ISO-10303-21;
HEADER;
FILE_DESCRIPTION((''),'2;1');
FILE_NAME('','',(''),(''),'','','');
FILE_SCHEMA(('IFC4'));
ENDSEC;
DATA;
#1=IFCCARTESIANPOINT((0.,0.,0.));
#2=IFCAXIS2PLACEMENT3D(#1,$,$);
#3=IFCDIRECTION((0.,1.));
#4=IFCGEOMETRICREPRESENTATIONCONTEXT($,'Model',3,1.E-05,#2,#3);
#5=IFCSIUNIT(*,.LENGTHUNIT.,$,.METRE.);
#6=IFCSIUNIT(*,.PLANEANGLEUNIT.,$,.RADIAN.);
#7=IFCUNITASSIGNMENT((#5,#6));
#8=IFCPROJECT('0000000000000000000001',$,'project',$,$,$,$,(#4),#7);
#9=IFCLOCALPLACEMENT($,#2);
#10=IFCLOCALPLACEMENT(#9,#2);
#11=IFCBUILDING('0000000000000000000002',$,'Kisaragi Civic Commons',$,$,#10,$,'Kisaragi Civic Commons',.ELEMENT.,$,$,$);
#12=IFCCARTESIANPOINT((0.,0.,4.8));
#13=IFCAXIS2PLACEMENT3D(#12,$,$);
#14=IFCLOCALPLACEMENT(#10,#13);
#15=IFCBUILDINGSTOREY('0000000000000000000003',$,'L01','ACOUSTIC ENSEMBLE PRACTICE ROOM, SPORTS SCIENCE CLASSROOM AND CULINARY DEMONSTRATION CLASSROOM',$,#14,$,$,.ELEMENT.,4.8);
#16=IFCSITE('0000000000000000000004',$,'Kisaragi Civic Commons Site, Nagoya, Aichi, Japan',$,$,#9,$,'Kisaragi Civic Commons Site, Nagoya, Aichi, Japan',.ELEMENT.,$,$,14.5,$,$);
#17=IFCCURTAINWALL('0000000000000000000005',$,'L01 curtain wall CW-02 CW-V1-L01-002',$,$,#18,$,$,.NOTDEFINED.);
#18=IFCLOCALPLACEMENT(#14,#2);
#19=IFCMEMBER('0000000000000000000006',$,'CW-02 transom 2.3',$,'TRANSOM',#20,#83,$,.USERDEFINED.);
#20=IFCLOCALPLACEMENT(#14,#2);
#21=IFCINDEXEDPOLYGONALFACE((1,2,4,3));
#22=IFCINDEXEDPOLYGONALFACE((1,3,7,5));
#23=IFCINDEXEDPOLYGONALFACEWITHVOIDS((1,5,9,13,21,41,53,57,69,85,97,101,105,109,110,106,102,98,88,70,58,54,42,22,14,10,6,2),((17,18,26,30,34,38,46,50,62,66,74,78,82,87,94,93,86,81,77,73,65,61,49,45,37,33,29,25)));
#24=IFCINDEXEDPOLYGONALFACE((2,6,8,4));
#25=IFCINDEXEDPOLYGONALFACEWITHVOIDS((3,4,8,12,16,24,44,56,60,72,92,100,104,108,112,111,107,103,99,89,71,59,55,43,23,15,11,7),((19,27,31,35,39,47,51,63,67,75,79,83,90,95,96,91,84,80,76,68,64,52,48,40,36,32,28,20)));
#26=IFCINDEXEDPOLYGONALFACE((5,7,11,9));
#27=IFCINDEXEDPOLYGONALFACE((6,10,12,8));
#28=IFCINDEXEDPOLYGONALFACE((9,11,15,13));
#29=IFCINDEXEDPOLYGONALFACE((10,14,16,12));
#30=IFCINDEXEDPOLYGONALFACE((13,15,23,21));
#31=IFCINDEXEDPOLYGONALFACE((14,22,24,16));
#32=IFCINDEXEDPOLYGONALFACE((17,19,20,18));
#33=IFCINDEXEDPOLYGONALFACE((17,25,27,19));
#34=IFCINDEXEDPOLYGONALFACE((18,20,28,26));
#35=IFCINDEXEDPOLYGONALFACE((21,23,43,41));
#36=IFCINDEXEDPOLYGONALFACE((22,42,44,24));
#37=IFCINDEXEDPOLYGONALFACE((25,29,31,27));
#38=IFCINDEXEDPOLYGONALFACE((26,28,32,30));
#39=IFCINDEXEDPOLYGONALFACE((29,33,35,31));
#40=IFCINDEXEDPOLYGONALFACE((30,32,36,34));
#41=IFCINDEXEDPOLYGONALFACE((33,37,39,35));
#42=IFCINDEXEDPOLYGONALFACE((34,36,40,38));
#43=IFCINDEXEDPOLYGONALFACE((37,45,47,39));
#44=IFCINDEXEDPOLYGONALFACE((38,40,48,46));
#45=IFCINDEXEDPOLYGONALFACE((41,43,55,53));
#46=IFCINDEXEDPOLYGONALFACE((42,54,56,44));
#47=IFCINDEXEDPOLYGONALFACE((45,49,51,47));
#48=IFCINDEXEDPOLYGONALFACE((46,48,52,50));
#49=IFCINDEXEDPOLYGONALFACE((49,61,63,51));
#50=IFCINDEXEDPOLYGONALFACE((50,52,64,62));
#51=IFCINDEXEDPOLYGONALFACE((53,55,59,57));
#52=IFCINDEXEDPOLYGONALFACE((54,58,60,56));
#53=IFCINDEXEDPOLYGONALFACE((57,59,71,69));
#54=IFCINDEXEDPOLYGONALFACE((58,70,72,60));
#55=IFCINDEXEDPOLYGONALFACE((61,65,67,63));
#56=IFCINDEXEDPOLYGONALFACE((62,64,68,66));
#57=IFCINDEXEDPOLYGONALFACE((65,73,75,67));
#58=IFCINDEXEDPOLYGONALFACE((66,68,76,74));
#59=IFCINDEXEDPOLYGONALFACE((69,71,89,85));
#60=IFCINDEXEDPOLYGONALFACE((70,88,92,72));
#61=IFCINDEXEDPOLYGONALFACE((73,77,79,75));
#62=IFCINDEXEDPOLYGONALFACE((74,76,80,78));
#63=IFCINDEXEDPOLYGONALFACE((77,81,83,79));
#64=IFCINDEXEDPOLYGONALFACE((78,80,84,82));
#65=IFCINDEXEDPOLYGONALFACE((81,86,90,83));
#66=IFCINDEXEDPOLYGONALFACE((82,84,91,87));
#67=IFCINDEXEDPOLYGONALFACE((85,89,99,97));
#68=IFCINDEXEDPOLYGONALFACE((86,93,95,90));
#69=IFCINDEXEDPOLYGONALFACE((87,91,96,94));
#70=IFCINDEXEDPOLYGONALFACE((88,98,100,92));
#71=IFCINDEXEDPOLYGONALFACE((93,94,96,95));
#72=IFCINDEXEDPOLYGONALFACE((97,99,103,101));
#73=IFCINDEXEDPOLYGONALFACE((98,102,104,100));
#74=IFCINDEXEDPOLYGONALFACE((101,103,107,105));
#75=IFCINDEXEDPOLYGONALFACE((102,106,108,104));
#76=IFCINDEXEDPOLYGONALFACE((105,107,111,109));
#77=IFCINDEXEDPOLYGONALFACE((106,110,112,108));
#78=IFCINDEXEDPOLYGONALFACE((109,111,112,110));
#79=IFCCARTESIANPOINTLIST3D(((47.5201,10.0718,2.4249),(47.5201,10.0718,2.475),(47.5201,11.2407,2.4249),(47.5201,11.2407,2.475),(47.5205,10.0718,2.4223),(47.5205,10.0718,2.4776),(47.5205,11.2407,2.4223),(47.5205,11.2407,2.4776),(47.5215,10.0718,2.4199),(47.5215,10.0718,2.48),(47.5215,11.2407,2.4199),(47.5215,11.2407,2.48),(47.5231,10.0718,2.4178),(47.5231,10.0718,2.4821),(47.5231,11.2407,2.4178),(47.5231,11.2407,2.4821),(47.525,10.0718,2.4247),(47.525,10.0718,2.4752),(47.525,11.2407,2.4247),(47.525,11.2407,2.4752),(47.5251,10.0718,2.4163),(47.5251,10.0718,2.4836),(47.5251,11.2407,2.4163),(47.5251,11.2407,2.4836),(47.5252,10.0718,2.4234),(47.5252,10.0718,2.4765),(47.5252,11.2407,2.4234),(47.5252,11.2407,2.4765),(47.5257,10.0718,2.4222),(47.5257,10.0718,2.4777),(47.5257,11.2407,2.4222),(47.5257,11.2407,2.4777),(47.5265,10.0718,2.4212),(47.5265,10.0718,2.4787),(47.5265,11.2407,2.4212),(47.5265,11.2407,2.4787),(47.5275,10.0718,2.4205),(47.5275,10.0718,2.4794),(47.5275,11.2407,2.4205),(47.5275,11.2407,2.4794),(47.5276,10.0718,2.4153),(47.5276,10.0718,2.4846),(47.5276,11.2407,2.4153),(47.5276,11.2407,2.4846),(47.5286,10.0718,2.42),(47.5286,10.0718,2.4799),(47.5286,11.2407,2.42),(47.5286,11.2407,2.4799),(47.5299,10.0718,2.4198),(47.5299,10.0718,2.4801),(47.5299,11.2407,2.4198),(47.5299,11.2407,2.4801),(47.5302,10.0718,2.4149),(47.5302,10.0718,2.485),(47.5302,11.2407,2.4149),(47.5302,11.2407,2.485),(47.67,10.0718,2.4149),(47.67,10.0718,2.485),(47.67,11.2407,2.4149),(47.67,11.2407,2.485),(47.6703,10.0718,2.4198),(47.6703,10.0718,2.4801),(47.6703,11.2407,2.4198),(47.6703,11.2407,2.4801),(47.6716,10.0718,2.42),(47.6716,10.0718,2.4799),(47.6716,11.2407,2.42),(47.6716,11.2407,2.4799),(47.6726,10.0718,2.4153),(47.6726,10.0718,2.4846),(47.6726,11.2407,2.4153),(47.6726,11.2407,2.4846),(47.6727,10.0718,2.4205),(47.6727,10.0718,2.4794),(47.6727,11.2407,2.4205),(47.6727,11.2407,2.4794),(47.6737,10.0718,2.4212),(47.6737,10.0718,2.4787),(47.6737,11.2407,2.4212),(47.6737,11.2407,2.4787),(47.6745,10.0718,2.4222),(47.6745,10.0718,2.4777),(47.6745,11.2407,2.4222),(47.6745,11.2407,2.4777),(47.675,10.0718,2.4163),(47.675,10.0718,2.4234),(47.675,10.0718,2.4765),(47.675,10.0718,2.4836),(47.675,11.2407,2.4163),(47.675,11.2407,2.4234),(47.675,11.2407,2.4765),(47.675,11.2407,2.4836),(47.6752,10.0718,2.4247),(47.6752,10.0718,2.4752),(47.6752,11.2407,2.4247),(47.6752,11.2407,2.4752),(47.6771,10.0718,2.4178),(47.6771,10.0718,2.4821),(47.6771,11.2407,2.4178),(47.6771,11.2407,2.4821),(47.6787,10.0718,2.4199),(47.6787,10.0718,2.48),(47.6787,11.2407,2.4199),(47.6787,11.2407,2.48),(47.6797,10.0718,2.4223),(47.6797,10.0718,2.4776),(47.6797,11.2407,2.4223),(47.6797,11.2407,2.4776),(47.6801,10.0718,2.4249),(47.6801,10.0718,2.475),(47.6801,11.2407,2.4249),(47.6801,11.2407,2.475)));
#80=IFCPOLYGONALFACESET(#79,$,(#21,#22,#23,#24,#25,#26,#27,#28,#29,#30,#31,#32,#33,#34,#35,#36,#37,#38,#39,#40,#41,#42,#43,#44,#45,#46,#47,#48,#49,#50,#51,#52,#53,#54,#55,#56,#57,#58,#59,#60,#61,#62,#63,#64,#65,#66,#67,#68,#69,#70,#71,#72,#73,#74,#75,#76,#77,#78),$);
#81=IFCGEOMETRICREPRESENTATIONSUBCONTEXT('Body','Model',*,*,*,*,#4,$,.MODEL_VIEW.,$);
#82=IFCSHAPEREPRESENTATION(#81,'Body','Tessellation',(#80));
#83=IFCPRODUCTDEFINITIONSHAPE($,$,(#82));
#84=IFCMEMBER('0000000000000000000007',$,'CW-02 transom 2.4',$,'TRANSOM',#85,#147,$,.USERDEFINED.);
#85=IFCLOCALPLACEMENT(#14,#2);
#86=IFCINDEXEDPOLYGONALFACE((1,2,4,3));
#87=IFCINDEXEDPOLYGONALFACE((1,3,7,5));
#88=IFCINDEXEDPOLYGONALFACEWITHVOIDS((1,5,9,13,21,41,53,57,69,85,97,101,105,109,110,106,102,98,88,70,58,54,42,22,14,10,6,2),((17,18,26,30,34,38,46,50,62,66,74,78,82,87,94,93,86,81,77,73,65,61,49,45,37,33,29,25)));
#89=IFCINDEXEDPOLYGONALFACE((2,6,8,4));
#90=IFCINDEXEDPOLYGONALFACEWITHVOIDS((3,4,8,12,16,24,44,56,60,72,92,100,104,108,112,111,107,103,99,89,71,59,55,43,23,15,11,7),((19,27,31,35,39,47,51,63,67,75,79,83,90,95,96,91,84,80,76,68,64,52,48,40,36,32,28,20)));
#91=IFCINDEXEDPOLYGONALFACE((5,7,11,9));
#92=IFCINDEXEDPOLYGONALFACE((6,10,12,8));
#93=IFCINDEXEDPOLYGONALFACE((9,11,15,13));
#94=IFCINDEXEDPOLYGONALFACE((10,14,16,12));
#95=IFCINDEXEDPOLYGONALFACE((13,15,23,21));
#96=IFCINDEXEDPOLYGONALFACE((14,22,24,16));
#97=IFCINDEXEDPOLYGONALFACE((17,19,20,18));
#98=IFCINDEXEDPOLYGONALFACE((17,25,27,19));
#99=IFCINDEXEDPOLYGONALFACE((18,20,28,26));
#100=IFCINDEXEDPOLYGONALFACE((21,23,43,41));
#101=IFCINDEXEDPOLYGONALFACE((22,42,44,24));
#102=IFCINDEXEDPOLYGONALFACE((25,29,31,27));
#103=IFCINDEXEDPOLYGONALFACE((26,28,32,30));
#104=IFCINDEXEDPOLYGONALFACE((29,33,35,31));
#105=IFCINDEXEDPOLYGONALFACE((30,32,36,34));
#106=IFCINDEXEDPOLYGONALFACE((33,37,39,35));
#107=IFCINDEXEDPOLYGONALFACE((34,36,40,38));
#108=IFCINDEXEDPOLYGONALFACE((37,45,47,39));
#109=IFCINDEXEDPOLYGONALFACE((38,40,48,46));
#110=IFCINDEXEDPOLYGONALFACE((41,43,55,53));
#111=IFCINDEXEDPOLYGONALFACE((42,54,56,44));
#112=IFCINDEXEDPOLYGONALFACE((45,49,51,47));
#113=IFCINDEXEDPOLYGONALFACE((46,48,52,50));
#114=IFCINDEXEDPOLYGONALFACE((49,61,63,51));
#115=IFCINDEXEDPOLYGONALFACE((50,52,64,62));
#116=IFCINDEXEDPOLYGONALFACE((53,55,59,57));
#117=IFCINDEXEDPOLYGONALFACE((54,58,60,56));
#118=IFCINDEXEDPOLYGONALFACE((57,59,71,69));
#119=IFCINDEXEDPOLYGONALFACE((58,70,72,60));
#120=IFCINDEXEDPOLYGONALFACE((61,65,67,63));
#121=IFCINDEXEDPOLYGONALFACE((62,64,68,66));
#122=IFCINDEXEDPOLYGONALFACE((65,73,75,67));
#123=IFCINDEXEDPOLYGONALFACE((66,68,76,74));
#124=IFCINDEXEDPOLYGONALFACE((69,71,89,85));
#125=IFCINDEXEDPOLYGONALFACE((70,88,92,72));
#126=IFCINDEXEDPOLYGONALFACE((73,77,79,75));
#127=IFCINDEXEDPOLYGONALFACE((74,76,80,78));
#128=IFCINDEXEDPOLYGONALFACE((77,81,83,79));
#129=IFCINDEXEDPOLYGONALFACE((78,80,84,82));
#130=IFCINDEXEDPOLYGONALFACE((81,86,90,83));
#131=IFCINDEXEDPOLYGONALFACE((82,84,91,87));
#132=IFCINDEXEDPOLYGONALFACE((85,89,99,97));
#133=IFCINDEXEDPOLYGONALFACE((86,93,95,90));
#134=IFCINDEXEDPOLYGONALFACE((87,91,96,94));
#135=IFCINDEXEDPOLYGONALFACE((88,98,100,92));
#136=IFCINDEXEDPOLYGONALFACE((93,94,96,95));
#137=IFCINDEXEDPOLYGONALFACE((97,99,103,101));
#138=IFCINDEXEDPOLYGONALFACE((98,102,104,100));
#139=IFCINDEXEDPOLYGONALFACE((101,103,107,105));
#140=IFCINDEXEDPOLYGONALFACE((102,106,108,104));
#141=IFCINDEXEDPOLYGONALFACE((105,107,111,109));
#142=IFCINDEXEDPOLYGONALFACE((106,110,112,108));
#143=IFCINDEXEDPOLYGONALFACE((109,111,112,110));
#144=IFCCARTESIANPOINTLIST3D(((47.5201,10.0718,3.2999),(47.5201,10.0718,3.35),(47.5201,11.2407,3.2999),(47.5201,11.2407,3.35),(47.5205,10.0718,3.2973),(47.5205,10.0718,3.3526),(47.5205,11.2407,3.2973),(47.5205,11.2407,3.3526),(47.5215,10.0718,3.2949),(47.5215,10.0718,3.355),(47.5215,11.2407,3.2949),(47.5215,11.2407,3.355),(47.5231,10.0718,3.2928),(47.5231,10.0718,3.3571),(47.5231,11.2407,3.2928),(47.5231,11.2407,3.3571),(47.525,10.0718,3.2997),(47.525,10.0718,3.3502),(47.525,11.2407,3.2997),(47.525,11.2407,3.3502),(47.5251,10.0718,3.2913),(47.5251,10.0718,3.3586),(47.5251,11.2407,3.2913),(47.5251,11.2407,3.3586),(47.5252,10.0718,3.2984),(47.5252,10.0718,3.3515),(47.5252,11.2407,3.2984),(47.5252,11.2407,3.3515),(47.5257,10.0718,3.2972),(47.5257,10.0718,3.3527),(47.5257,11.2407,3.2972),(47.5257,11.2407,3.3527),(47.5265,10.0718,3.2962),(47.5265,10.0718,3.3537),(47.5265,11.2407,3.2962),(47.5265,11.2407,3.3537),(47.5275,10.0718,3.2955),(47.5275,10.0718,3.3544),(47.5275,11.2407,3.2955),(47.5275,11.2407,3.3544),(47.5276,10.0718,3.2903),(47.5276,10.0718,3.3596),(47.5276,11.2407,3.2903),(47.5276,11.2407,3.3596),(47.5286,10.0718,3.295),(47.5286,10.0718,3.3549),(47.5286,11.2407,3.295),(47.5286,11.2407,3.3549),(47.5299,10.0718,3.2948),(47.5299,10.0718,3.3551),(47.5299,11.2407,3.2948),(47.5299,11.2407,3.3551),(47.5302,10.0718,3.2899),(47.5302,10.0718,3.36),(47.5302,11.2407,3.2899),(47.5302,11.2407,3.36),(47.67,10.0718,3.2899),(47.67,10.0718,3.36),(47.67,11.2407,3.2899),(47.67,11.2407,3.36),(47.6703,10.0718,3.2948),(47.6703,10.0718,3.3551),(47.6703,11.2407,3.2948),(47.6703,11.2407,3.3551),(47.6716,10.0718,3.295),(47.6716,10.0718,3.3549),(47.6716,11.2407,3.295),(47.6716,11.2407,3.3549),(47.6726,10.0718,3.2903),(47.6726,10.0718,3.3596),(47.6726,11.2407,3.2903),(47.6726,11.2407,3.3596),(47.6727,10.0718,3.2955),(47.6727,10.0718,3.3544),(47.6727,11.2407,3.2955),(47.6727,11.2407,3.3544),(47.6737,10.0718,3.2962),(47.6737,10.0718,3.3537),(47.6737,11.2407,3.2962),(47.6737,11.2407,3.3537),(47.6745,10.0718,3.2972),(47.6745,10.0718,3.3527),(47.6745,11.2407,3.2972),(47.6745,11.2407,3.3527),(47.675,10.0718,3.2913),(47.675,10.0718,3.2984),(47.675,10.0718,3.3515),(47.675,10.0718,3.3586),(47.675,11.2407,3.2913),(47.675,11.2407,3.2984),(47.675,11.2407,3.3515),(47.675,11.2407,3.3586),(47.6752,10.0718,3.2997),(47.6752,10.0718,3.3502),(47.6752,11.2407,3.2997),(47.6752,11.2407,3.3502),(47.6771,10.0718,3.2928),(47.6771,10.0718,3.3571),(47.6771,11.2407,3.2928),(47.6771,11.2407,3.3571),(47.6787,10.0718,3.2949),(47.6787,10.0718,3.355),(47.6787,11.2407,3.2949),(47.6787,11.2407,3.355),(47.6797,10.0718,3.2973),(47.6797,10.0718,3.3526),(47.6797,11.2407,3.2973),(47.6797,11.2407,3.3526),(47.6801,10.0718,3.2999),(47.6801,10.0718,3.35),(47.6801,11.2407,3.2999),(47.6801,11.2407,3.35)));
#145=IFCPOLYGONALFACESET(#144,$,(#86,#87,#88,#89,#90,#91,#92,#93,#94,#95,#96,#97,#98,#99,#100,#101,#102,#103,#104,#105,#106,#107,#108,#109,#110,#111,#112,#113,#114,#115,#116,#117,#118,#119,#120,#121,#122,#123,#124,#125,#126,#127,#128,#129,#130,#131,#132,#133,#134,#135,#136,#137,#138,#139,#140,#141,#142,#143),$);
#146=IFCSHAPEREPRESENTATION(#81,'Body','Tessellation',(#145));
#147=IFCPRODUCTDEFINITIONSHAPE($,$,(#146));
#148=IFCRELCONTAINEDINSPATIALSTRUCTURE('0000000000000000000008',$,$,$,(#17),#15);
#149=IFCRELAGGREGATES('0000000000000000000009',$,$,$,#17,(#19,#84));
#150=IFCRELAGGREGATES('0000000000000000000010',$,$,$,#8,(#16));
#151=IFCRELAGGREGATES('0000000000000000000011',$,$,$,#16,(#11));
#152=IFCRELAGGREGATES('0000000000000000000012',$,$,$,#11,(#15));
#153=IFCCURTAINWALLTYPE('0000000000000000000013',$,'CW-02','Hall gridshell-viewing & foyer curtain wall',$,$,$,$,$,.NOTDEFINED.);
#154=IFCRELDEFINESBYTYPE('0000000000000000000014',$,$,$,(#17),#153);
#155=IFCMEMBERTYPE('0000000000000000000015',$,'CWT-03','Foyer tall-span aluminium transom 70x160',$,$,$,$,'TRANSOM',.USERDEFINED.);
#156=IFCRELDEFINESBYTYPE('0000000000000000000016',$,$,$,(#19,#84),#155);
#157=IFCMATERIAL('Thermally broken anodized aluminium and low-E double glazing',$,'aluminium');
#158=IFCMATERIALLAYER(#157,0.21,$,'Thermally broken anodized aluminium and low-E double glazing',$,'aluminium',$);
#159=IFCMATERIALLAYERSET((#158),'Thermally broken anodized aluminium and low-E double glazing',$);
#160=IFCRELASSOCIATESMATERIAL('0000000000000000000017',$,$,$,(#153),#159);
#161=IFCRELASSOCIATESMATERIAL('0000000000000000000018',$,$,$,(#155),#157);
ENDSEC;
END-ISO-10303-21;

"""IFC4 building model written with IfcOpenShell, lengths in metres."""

from ifc_helpers import new_model, si_unit, direction, frame, origin, origin_2d, place, context, subcontext, project, spatial, hollow_rectangle, extrude, material, layer, layer_set, material_profile, profile_set, type_object, element, aggregate, save


model = new_model("IFC4")

# Units and contexts
model_context = context("Model", 3, precision=1e-05, world=origin(), true_north=direction((0.0, 1.0)))
body_context = subcontext(model_context, "Body", "Model", "MODEL_VIEW")
ifc_project = project(units=[si_unit("LENGTHUNIT", "METRE"), si_unit("PLANEANGLEUNIT", "RADIAN")], contexts=[model_context])

# Site, building, storey
site_placement = place(None, origin())
site = spatial("IfcSite", under=ifc_project, at=site_placement, Name="Kisaragi Civic Commons Site, Nagoya, Aichi, Japan", LongName="Kisaragi Civic Commons Site, Nagoya, Aichi, Japan", CompositionType="ELEMENT", RefElevation=14.5)
building_placement = place(site_placement, origin())
building = spatial("IfcBuilding", under=site, at=building_placement, Name="Kisaragi Civic Commons", LongName="Kisaragi Civic Commons", CompositionType="ELEMENT")
storey_placement = place(building_placement, frame((0.0, 0.0, 4.8)))
storey = spatial("IfcBuildingStorey", under=building, at=storey_placement, Name="L01", Description="ACOUSTIC ENSEMBLE PRACTICE ROOM, SPORTS SCIENCE CLASSROOM AND CULINARY DEMONSTRATION CLASSROOM", CompositionType="ELEMENT", Elevation=4.8)

# Curtain wall, members
ifc_material_1 = material(Name="Thermally broken anodized aluminium and low-E double glazing", Category="aluminium")
ifc_layer_1 = layer(ifc_material_1, 0.21, Name="Thermally broken anodized aluminium and low-E double glazing", Category="aluminium")
ifc_layer_set_1 = layer_set([ifc_layer_1], Name="Thermally broken anodized aluminium and low-E double glazing")
curtain_wall_type = type_object("IfcCurtainWallType", Name="CW-02", Description="Hall gridshell-viewing & foyer curtain wall", PredefinedType="NOTDEFINED", material=ifc_layer_set_1)
curtain_wall_placement = place(storey_placement, origin())
curtain_wall = element("IfcCurtainWall", 1, at=curtain_wall_placement, inside=storey, type_object=curtain_wall_type, Name="L01 curtain wall CW-02 CW-V1-L01-002", PredefinedType="NOTDEFINED")
ifc_material_profile_1 = material_profile(ifc_material_1, hollow_rectangle(XDim=0.1599, YDim=0.0701, WallThickness=0.0049, InnerFilletRadius=0.0049, OuterFilletRadius=0.01, at=origin_2d()), Name="CWT-70x160x5", Category="aluminium")
ifc_profile_set_1 = profile_set([ifc_material_profile_1], Name="Thermally broken anodized aluminium and low-E double glazing")
member_type_1 = type_object("IfcMemberType", Name="CWT-03", Description="Foyer tall-span aluminium transom 70x160", ElementType="TRANSOM", PredefinedType="USERDEFINED", material=ifc_profile_set_1)
member_1_placement = place(storey_placement, frame((47.6001, 11.2407, 2.45), z_axis=(0.0, -1.0, 0.0), x_axis=(1.0, 0.0, 0.0)))
member_1 = element("IfcMember", 2, at=member_1_placement, type_object=member_type_1, Name="CW-02 transom 2.3", ObjectType="TRANSOM", PredefinedType="USERDEFINED", context=body_context, shape_type="SweptSolid", body=[
    extrude(hollow_rectangle(XDim=0.1599, YDim=0.0701, WallThickness=0.0049, InnerFilletRadius=0.0049, OuterFilletRadius=0.01, at=origin_2d()), origin(), (0.0, 0.0, 1.0), 1.1689),
])
member_2_placement = place(storey_placement, frame((47.6001, 11.2407, 3.325), z_axis=(0.0, -1.0, 0.0), x_axis=(1.0, 0.0, 0.0)))
member_2 = element("IfcMember", 3, at=member_2_placement, type_object=member_type_1, Name="CW-02 transom 2.4", ObjectType="TRANSOM", PredefinedType="USERDEFINED", context=body_context, shape_type="SweptSolid", body=[
    extrude(hollow_rectangle(XDim=0.1599, YDim=0.0701, WallThickness=0.0049, InnerFilletRadius=0.0049, OuterFilletRadius=0.01, at=origin_2d()), origin(), (0.0, 0.0, 1.0), 1.1689),
])

aggregate(curtain_wall, [member_1, member_2])

save(model, "model.ifc")
